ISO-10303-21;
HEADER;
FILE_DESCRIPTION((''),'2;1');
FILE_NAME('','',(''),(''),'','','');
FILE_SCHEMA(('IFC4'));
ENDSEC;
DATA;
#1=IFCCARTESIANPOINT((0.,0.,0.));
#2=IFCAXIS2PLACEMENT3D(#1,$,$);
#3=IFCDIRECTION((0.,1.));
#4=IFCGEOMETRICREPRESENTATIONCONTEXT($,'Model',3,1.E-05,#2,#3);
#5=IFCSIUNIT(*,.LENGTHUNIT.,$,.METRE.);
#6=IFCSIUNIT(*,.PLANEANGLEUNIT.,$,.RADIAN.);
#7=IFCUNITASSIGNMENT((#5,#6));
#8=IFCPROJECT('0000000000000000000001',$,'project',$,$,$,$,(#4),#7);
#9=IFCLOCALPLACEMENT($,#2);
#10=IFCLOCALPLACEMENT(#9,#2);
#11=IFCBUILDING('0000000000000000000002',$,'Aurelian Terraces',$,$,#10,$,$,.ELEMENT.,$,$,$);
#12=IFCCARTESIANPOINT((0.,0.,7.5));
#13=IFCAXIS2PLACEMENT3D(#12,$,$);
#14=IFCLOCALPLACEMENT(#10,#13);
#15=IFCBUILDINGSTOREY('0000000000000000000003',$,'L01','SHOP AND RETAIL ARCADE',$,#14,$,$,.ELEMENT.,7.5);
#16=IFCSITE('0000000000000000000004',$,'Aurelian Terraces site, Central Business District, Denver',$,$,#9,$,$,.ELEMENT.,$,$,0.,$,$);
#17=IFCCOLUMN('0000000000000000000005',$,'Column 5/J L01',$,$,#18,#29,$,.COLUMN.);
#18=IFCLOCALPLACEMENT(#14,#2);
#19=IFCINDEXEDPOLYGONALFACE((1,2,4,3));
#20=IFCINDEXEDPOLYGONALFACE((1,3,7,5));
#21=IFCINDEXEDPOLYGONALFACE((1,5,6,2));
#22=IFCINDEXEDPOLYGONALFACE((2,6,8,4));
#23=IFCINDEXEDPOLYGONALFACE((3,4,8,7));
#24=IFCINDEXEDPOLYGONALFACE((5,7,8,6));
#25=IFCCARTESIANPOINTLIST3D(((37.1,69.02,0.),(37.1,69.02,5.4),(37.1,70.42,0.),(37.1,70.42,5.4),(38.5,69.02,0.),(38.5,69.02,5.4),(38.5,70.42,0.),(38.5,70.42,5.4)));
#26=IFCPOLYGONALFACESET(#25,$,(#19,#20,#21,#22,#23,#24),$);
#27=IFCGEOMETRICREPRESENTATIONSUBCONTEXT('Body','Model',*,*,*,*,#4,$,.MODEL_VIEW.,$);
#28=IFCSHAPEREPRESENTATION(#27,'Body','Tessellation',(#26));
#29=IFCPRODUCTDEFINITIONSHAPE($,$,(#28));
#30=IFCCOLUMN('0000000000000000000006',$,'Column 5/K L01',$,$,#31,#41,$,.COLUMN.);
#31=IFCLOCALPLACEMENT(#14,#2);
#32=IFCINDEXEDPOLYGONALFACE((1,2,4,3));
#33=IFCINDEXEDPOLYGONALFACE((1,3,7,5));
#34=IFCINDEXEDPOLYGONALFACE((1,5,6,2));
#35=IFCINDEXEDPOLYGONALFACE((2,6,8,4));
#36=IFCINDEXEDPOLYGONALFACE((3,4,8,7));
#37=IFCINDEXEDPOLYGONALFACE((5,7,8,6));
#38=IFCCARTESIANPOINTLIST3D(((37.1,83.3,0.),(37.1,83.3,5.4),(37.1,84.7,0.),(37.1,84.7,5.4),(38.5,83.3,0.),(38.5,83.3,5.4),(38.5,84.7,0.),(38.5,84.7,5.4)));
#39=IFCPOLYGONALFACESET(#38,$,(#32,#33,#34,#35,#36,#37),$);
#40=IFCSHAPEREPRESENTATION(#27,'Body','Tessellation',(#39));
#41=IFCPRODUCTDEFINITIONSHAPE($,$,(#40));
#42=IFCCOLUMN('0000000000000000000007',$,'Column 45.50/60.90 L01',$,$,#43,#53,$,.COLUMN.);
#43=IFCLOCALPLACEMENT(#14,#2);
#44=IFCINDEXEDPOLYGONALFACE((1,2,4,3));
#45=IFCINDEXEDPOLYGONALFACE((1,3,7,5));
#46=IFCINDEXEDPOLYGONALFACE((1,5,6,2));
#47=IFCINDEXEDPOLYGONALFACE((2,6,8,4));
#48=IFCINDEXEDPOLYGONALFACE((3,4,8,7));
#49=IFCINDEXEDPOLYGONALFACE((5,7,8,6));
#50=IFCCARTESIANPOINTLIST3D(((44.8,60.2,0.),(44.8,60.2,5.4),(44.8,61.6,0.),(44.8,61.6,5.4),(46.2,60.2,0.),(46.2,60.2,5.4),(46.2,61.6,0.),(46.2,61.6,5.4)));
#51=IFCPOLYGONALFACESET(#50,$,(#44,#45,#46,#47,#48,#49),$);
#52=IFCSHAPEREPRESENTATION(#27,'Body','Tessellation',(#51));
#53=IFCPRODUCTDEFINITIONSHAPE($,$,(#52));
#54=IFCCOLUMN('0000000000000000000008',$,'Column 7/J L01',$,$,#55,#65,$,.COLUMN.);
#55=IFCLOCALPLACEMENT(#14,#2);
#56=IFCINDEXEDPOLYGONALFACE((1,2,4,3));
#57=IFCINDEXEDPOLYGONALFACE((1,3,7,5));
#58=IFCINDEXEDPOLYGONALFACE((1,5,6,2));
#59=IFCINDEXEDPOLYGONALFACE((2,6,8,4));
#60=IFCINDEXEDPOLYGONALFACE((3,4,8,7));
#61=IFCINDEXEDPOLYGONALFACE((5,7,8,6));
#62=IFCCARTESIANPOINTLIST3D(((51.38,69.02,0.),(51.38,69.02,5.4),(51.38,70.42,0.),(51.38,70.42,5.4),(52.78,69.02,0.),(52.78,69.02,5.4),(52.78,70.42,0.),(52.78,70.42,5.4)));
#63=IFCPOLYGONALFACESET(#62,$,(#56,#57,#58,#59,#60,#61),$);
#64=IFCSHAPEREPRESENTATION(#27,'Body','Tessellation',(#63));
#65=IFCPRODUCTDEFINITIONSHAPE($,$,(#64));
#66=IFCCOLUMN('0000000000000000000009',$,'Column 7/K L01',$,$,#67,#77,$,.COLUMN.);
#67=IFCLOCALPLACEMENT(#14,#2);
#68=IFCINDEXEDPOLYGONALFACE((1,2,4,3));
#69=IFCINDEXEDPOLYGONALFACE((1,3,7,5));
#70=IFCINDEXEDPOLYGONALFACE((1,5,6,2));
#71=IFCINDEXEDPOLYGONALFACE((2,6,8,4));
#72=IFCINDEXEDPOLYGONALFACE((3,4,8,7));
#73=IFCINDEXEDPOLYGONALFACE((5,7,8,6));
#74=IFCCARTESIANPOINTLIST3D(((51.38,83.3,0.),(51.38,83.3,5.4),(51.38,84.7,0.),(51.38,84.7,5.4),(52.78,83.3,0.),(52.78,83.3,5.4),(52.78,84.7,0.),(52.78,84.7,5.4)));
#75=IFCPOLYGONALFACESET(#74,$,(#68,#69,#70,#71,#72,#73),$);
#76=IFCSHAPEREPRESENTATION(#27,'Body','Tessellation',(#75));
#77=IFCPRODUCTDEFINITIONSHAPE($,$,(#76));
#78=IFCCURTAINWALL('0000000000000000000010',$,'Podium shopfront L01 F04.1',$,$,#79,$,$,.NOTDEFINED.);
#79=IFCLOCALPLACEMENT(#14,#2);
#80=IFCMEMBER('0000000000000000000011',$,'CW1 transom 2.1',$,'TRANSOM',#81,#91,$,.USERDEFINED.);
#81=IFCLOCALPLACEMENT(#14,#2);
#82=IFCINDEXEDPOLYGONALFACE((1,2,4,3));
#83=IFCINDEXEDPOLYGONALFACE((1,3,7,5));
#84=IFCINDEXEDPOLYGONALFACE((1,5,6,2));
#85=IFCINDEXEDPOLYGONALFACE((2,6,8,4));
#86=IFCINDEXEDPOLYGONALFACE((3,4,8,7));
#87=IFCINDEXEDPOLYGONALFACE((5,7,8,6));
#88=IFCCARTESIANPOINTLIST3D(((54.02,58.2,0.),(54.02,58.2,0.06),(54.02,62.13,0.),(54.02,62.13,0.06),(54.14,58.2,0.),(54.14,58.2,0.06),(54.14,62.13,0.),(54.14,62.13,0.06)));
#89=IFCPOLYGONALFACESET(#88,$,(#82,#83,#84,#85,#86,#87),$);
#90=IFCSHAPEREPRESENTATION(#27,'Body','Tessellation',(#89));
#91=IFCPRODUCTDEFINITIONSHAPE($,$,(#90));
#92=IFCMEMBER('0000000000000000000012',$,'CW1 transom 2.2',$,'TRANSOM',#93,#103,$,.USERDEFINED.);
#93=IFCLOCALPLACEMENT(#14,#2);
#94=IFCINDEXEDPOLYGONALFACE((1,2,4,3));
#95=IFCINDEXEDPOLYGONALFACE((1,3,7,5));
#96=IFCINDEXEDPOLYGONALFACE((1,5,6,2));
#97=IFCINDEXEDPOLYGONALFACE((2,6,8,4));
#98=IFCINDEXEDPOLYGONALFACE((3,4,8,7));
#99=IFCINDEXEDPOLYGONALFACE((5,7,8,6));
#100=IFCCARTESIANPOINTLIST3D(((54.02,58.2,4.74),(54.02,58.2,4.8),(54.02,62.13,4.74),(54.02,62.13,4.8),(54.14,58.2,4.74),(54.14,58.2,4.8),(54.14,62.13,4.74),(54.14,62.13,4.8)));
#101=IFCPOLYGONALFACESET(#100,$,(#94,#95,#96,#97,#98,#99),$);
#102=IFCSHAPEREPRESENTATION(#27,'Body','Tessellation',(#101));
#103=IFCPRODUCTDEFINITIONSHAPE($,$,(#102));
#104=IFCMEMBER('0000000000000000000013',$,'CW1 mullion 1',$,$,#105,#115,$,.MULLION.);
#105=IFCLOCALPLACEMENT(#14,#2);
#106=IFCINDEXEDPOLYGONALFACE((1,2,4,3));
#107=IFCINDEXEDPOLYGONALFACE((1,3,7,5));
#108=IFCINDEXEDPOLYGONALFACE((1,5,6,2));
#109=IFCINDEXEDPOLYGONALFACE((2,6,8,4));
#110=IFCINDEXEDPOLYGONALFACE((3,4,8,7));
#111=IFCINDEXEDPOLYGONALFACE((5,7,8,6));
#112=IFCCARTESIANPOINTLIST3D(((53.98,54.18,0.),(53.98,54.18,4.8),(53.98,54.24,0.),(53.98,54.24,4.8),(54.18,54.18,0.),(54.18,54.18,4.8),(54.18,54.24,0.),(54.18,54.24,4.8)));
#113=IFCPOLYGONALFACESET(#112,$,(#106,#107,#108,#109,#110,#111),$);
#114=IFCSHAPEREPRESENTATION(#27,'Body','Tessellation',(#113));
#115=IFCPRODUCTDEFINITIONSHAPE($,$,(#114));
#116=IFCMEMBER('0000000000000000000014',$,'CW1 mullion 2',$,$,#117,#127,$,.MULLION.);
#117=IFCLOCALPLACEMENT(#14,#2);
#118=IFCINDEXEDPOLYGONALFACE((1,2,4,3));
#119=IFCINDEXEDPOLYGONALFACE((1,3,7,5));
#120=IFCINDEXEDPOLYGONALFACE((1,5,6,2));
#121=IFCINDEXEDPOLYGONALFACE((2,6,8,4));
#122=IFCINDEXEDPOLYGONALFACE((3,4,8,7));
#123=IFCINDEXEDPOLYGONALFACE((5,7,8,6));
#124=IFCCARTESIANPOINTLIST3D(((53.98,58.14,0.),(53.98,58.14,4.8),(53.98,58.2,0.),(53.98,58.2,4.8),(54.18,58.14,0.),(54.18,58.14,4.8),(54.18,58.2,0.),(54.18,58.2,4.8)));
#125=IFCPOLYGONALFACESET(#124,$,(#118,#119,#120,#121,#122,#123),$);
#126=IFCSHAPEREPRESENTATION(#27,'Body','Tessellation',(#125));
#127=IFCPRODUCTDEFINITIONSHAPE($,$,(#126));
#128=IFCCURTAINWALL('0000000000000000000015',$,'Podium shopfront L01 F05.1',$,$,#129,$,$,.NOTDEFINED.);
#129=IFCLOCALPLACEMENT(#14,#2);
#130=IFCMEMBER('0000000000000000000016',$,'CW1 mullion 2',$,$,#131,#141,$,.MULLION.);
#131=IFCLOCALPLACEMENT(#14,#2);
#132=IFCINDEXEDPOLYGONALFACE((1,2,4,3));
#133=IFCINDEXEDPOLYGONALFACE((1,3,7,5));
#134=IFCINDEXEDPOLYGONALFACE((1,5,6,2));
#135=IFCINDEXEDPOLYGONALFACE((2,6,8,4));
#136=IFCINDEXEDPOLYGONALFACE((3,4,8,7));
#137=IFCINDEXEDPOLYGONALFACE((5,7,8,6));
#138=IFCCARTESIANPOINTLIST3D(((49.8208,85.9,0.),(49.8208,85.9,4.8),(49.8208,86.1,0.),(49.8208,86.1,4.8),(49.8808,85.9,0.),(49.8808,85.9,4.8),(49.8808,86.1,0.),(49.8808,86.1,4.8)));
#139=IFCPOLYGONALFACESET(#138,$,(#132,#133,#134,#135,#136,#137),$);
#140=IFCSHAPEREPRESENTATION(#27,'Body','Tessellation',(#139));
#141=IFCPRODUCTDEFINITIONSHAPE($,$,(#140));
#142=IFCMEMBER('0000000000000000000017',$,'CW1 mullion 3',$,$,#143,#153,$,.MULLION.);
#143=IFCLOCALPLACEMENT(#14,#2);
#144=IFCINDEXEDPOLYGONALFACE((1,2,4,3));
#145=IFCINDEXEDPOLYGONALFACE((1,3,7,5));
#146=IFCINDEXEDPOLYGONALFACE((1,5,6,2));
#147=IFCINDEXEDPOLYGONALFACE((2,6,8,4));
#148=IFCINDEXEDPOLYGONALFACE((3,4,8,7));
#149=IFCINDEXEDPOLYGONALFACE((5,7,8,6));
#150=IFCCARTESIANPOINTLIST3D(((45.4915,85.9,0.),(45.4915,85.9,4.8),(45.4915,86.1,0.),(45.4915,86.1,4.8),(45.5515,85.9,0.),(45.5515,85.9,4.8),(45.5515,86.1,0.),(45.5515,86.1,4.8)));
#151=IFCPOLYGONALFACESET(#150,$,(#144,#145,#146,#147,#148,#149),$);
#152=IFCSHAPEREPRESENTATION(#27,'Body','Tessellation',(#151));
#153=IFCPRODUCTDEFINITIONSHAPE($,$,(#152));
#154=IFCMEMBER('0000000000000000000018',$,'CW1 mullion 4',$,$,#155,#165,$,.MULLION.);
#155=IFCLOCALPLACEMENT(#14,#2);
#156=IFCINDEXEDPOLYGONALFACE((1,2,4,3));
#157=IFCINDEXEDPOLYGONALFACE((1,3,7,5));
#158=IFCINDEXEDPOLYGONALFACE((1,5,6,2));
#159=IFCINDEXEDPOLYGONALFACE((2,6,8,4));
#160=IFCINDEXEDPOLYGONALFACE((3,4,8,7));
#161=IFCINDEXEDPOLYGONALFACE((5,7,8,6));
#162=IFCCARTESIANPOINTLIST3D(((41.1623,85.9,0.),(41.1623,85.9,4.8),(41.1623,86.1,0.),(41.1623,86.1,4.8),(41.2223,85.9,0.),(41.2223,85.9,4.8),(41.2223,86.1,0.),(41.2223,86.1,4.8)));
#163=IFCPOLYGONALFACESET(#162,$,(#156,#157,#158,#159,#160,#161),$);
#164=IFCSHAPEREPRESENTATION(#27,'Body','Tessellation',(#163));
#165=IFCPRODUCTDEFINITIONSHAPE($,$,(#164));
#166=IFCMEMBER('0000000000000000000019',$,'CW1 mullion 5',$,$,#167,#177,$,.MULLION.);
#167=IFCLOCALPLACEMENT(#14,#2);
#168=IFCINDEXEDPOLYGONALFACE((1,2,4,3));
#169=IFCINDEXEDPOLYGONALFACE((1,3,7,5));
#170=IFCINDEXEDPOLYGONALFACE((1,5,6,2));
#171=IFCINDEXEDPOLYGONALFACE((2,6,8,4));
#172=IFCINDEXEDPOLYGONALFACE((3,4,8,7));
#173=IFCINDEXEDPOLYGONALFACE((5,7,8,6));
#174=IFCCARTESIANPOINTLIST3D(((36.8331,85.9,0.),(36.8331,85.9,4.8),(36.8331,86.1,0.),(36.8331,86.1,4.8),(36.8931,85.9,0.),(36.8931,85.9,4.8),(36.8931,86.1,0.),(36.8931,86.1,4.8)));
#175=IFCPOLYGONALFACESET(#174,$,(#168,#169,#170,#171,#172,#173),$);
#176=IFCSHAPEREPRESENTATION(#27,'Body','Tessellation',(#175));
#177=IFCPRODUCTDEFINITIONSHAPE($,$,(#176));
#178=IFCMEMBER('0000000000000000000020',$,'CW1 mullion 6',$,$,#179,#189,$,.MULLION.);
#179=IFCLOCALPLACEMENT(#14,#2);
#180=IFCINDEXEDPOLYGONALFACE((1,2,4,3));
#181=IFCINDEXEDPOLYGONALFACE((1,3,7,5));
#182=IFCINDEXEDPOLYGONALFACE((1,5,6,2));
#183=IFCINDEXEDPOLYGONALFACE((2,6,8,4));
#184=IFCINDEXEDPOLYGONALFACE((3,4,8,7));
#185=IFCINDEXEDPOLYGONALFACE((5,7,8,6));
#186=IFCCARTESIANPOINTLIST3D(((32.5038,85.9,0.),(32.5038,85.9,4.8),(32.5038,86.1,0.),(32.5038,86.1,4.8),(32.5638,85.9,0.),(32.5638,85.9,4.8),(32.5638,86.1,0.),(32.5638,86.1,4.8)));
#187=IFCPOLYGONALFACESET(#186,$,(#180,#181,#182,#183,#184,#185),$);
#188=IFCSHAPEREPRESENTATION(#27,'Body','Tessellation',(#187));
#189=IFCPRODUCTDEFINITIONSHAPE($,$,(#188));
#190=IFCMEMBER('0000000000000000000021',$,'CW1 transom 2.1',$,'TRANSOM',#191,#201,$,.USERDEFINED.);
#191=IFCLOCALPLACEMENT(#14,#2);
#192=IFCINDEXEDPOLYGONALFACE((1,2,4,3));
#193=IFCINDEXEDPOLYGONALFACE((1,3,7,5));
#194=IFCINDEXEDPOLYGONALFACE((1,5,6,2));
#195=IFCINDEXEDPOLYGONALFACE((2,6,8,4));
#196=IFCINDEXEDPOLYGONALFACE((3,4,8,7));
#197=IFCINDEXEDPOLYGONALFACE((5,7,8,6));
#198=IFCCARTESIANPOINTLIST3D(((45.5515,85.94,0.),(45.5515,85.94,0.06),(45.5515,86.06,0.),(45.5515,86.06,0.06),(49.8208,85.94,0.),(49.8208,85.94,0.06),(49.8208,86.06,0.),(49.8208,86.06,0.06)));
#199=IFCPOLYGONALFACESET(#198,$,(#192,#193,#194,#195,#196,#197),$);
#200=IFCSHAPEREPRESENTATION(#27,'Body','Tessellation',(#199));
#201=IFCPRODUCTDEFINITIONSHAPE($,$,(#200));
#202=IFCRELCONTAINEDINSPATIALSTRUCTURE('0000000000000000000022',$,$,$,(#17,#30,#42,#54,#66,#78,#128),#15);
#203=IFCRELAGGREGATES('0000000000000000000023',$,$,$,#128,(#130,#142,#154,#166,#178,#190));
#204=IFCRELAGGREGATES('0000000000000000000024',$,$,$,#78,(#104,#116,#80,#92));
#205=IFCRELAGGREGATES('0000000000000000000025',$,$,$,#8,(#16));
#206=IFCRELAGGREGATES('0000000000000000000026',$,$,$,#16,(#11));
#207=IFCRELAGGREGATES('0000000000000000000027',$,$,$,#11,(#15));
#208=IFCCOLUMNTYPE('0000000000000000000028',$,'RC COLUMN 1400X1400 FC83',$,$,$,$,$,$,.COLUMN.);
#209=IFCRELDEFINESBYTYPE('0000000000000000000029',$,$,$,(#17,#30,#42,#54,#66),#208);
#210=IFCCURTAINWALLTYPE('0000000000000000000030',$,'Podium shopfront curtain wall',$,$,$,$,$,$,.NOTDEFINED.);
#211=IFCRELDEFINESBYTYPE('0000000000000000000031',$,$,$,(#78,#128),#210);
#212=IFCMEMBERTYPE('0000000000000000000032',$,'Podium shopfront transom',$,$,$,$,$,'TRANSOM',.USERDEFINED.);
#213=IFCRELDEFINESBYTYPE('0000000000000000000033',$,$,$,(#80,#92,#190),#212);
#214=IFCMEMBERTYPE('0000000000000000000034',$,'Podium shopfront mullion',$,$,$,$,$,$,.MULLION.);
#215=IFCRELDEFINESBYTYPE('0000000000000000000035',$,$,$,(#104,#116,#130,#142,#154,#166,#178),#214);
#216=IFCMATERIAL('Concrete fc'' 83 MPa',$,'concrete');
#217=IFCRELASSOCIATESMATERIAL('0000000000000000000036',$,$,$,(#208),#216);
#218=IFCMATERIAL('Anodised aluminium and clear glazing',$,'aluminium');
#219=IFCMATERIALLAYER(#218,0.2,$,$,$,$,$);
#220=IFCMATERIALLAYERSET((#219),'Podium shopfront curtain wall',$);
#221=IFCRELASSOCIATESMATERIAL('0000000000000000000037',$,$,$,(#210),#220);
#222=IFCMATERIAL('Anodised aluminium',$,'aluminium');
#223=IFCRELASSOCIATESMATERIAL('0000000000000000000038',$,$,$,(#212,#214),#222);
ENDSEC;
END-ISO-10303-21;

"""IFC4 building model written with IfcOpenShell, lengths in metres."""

from ifc_helpers import new_model, si_unit, direction, frame, origin, origin_2d, place, context, subcontext, project, spatial, rectangle, extrude, source, transform, mapped, material, layer, layer_set, material_profile, profile_set, type_object, element, aggregate, save


model = new_model("IFC4")

# Units and contexts
model_context = context("Model", 3, precision=1e-05, world=origin(), true_north=direction((0.0, 1.0)))
body_context = subcontext(model_context, "Body", "Model", "MODEL_VIEW")
ifc_project = project(units=[si_unit("LENGTHUNIT", "METRE"), si_unit("PLANEANGLEUNIT", "RADIAN")], contexts=[model_context])

# Site, building, storey
site_placement = place(None, origin())
site = spatial("IfcSite", under=ifc_project, at=site_placement, Name="Aurelian Terraces site, Central Business District, Denver", CompositionType="ELEMENT", RefElevation=0.0)
building_placement = place(site_placement, origin())
building = spatial("IfcBuilding", under=site, at=building_placement, Name="Aurelian Terraces", CompositionType="ELEMENT")
storey_placement = place(building_placement, frame((0.0, 0.0, 7.5)))
storey = spatial("IfcBuildingStorey", under=building, at=storey_placement, Name="L01", Description="SHOP AND RETAIL ARCADE", CompositionType="ELEMENT", Elevation=7.5)

# Columns
ifc_material_1 = material(Name="Concrete fc' 83 MPa", Category="concrete")
ifc_material_profile_1 = material_profile(ifc_material_1, rectangle(XDim=1.4, YDim=1.4, at=origin_2d()))
ifc_profile_set_1 = profile_set([ifc_material_profile_1], Name="Concrete fc' 83 MPa")
column_type = type_object("IfcColumnType", Name="RC COLUMN 1400X1400 FC83", PredefinedType="COLUMN", material=ifc_profile_set_1)
shared_shape_1 = source(origin(), body_context, "Body", "SweptSolid", [
    extrude(rectangle(XDim=1.4, YDim=1.4, at=origin_2d()), origin(), (0.0, 0.0, 1.0), 5.4),
])
for number, where, z_axis, x_axis, name in (
    (1, (37.8, 69.72, 0.0), (0.0, 0.0, 1.0), (1.0, 0.0, 0.0), "Column 5/J L01"),
    (2, (37.8, 84.0, 0.0), (0.0, 0.0, 1.0), (1.0, 0.0, 0.0), "Column 5/K L01"),
    (3, (45.5, 60.9, 0.0), (0.0, 0.0, 1.0), (1.0, 0.0, 0.0), "Column 45.50/60.90 L01"),
    (4, (52.08, 69.72, 0.0), (0.0, 0.0, 1.0), (1.0, 0.0, 0.0), "Column 7/J L01"),
    (5, (52.08, 84.0, 0.0), (0.0, 0.0, 1.0), (1.0, 0.0, 0.0), "Column 7/K L01"),
):
    element("IfcColumn", number, at=place(storey_placement, frame(where, z_axis=z_axis, x_axis=x_axis)), inside=storey, type_object=column_type, Name=name, PredefinedType="COLUMN", context=body_context, shape_type="MappedRepresentation", body=[
        mapped(shared_shape_1, transform((0.0, 0.0, 0.0), scale=1.0)),
    ])

# Curtain walls, members
ifc_material_2 = material(Name="Anodised aluminium and clear glazing", Category="aluminium")
ifc_layer_1 = layer(ifc_material_2, 0.2)
ifc_layer_set_1 = layer_set([ifc_layer_1], Name="Podium shopfront curtain wall")
curtain_wall_type = type_object("IfcCurtainWallType", Name="Podium shopfront curtain wall", PredefinedType="NOTDEFINED", material=ifc_layer_set_1)
curtain_wall_1_placement = place(storey_placement, origin())
curtain_wall_1 = element("IfcCurtainWall", 6, at=curtain_wall_1_placement, inside=storey, type_object=curtain_wall_type, Name="Podium shopfront L01 F04.1", PredefinedType="NOTDEFINED")
ifc_material_3 = material(Name="Anodised aluminium", Category="aluminium")
ifc_material_profile_2 = material_profile(ifc_material_3, rectangle(XDim=0.12, YDim=0.06, at=origin_2d()))
ifc_profile_set_2 = profile_set([ifc_material_profile_2], Name="Anodised aluminium")
member_type_1 = type_object("IfcMemberType", Name="Podium shopfront transom", ElementType="TRANSOM", PredefinedType="USERDEFINED", material=ifc_profile_set_2)
shared_shape_2 = source(origin(), body_context, "Body", "SweptSolid", [
    extrude(rectangle(XDim=0.12, YDim=0.06, at=origin_2d()), origin(), (0.0, 0.0, 1.0), 3.93),
])
member_1_placement = place(storey_placement, frame((54.08, 58.2, 0.03), z_axis=(0.0, 1.0, 0.0), x_axis=(-1.0, 0.0, 0.0)))
member_1 = element("IfcMember", 7, at=member_1_placement, type_object=member_type_1, Name="CW1 transom 2.1", ObjectType="TRANSOM", PredefinedType="USERDEFINED", context=body_context, shape_type="MappedRepresentation", body=[
    mapped(shared_shape_2, transform((0.0, 0.0, 0.0), scale=1.0)),
])
member_2_placement = place(storey_placement, frame((54.08, 58.2, 4.77), z_axis=(0.0, 1.0, 0.0), x_axis=(-1.0, 0.0, 0.0)))
member_2 = element("IfcMember", 8, at=member_2_placement, type_object=member_type_1, Name="CW1 transom 2.2", ObjectType="TRANSOM", PredefinedType="USERDEFINED", context=body_context, shape_type="MappedRepresentation", body=[
    mapped(shared_shape_2, transform((0.0, 0.0, 0.0), scale=1.0)),
])
ifc_material_profile_3 = material_profile(ifc_material_3, rectangle(XDim=0.2, YDim=0.06, at=origin_2d()))
ifc_profile_set_3 = profile_set([ifc_material_profile_3], Name="Anodised aluminium")
member_type_2 = type_object("IfcMemberType", Name="Podium shopfront mullion", PredefinedType="MULLION", material=ifc_profile_set_3)
shared_shape_3 = source(origin(), body_context, "Body", "SweptSolid", [
    extrude(rectangle(XDim=0.2, YDim=0.06, at=origin_2d()), origin(), (0.0, 0.0, 1.0), 4.8),
])
member_3_placement = place(storey_placement, frame((54.08, 54.21, 0.0), z_axis=(0.0, 0.0, 1.0), x_axis=(-1.0, 0.0, 0.0)))
member_3 = element("IfcMember", 9, at=member_3_placement, type_object=member_type_2, Name="CW1 mullion 1", PredefinedType="MULLION", context=body_context, shape_type="MappedRepresentation", body=[
    mapped(shared_shape_3, transform((0.0, 0.0, 0.0), scale=1.0)),
])
member_4_placement = place(storey_placement, frame((54.08, 58.17, 0.0), z_axis=(0.0, 0.0, 1.0), x_axis=(-1.0, 0.0, 0.0)))
member_4 = element("IfcMember", 10, at=member_4_placement, type_object=member_type_2, Name="CW1 mullion 2", PredefinedType="MULLION", context=body_context, shape_type="MappedRepresentation", body=[
    mapped(shared_shape_3, transform((0.0, 0.0, 0.0), scale=1.0)),
])
curtain_wall_2_placement = place(storey_placement, origin())
curtain_wall_2 = element("IfcCurtainWall", 11, at=curtain_wall_2_placement, inside=storey, type_object=curtain_wall_type, Name="Podium shopfront L01 F05.1", PredefinedType="NOTDEFINED")
member_5_placement = place(storey_placement, frame((49.8508, 86.0, 0.0), z_axis=(0.0, 0.0, 1.0), x_axis=(0.0, -1.0, 0.0)))
member_5 = element("IfcMember", 12, at=member_5_placement, type_object=member_type_2, Name="CW1 mullion 2", PredefinedType="MULLION", context=body_context, shape_type="MappedRepresentation", body=[
    mapped(shared_shape_3, transform((0.0, 0.0, 0.0), scale=1.0)),
])
member_6_placement = place(storey_placement, frame((45.5215, 86.0, 0.0), z_axis=(0.0, 0.0, 1.0), x_axis=(0.0, -1.0, 0.0)))
member_6 = element("IfcMember", 13, at=member_6_placement, type_object=member_type_2, Name="CW1 mullion 3", PredefinedType="MULLION", context=body_context, shape_type="MappedRepresentation", body=[
    mapped(shared_shape_3, transform((0.0, 0.0, 0.0), scale=1.0)),
])
member_7_placement = place(storey_placement, frame((41.1923, 86.0, 0.0), z_axis=(0.0, 0.0, 1.0), x_axis=(0.0, -1.0, 0.0)))
member_7 = element("IfcMember", 14, at=member_7_placement, type_object=member_type_2, Name="CW1 mullion 4", PredefinedType="MULLION", context=body_context, shape_type="MappedRepresentation", body=[
    mapped(shared_shape_3, transform((0.0, 0.0, 0.0), scale=1.0)),
])
member_8_placement = place(storey_placement, frame((36.8631, 86.0, 0.0), z_axis=(0.0, 0.0, 1.0), x_axis=(0.0, -1.0, 0.0)))
member_8 = element("IfcMember", 15, at=member_8_placement, type_object=member_type_2, Name="CW1 mullion 5", PredefinedType="MULLION", context=body_context, shape_type="MappedRepresentation", body=[
    mapped(shared_shape_3, transform((0.0, 0.0, 0.0), scale=1.0)),
])
member_9_placement = place(storey_placement, frame((32.5338, 86.0, 0.0), z_axis=(0.0, 0.0, 1.0), x_axis=(0.0, -1.0, 0.0)))
member_9 = element("IfcMember", 16, at=member_9_placement, type_object=member_type_2, Name="CW1 mullion 6", PredefinedType="MULLION", context=body_context, shape_type="MappedRepresentation", body=[
    mapped(shared_shape_3, transform((0.0, 0.0, 0.0), scale=1.0)),
])
shared_shape_4 = source(origin(), body_context, "Body", "SweptSolid", [
    extrude(rectangle(XDim=0.12, YDim=0.06, at=origin_2d()), origin(), (0.0, 0.0, 1.0), 4.2693),
])
member_10_placement = place(storey_placement, frame((49.8208, 86.0, 0.03), z_axis=(-1.0, 0.0, 0.0), x_axis=(0.0, -1.0, 0.0)))
member_10 = element("IfcMember", 17, at=member_10_placement, type_object=member_type_1, Name="CW1 transom 2.1", ObjectType="TRANSOM", PredefinedType="USERDEFINED", context=body_context, shape_type="MappedRepresentation", body=[
    mapped(shared_shape_4, transform((0.0, 0.0, 0.0), scale=1.0)),
])

aggregate(curtain_wall_2, [member_5, member_6, member_7, member_8, member_9, member_10])
aggregate(curtain_wall_1, [member_3, member_4, member_1, member_2])

save(model, "model.ifc")
